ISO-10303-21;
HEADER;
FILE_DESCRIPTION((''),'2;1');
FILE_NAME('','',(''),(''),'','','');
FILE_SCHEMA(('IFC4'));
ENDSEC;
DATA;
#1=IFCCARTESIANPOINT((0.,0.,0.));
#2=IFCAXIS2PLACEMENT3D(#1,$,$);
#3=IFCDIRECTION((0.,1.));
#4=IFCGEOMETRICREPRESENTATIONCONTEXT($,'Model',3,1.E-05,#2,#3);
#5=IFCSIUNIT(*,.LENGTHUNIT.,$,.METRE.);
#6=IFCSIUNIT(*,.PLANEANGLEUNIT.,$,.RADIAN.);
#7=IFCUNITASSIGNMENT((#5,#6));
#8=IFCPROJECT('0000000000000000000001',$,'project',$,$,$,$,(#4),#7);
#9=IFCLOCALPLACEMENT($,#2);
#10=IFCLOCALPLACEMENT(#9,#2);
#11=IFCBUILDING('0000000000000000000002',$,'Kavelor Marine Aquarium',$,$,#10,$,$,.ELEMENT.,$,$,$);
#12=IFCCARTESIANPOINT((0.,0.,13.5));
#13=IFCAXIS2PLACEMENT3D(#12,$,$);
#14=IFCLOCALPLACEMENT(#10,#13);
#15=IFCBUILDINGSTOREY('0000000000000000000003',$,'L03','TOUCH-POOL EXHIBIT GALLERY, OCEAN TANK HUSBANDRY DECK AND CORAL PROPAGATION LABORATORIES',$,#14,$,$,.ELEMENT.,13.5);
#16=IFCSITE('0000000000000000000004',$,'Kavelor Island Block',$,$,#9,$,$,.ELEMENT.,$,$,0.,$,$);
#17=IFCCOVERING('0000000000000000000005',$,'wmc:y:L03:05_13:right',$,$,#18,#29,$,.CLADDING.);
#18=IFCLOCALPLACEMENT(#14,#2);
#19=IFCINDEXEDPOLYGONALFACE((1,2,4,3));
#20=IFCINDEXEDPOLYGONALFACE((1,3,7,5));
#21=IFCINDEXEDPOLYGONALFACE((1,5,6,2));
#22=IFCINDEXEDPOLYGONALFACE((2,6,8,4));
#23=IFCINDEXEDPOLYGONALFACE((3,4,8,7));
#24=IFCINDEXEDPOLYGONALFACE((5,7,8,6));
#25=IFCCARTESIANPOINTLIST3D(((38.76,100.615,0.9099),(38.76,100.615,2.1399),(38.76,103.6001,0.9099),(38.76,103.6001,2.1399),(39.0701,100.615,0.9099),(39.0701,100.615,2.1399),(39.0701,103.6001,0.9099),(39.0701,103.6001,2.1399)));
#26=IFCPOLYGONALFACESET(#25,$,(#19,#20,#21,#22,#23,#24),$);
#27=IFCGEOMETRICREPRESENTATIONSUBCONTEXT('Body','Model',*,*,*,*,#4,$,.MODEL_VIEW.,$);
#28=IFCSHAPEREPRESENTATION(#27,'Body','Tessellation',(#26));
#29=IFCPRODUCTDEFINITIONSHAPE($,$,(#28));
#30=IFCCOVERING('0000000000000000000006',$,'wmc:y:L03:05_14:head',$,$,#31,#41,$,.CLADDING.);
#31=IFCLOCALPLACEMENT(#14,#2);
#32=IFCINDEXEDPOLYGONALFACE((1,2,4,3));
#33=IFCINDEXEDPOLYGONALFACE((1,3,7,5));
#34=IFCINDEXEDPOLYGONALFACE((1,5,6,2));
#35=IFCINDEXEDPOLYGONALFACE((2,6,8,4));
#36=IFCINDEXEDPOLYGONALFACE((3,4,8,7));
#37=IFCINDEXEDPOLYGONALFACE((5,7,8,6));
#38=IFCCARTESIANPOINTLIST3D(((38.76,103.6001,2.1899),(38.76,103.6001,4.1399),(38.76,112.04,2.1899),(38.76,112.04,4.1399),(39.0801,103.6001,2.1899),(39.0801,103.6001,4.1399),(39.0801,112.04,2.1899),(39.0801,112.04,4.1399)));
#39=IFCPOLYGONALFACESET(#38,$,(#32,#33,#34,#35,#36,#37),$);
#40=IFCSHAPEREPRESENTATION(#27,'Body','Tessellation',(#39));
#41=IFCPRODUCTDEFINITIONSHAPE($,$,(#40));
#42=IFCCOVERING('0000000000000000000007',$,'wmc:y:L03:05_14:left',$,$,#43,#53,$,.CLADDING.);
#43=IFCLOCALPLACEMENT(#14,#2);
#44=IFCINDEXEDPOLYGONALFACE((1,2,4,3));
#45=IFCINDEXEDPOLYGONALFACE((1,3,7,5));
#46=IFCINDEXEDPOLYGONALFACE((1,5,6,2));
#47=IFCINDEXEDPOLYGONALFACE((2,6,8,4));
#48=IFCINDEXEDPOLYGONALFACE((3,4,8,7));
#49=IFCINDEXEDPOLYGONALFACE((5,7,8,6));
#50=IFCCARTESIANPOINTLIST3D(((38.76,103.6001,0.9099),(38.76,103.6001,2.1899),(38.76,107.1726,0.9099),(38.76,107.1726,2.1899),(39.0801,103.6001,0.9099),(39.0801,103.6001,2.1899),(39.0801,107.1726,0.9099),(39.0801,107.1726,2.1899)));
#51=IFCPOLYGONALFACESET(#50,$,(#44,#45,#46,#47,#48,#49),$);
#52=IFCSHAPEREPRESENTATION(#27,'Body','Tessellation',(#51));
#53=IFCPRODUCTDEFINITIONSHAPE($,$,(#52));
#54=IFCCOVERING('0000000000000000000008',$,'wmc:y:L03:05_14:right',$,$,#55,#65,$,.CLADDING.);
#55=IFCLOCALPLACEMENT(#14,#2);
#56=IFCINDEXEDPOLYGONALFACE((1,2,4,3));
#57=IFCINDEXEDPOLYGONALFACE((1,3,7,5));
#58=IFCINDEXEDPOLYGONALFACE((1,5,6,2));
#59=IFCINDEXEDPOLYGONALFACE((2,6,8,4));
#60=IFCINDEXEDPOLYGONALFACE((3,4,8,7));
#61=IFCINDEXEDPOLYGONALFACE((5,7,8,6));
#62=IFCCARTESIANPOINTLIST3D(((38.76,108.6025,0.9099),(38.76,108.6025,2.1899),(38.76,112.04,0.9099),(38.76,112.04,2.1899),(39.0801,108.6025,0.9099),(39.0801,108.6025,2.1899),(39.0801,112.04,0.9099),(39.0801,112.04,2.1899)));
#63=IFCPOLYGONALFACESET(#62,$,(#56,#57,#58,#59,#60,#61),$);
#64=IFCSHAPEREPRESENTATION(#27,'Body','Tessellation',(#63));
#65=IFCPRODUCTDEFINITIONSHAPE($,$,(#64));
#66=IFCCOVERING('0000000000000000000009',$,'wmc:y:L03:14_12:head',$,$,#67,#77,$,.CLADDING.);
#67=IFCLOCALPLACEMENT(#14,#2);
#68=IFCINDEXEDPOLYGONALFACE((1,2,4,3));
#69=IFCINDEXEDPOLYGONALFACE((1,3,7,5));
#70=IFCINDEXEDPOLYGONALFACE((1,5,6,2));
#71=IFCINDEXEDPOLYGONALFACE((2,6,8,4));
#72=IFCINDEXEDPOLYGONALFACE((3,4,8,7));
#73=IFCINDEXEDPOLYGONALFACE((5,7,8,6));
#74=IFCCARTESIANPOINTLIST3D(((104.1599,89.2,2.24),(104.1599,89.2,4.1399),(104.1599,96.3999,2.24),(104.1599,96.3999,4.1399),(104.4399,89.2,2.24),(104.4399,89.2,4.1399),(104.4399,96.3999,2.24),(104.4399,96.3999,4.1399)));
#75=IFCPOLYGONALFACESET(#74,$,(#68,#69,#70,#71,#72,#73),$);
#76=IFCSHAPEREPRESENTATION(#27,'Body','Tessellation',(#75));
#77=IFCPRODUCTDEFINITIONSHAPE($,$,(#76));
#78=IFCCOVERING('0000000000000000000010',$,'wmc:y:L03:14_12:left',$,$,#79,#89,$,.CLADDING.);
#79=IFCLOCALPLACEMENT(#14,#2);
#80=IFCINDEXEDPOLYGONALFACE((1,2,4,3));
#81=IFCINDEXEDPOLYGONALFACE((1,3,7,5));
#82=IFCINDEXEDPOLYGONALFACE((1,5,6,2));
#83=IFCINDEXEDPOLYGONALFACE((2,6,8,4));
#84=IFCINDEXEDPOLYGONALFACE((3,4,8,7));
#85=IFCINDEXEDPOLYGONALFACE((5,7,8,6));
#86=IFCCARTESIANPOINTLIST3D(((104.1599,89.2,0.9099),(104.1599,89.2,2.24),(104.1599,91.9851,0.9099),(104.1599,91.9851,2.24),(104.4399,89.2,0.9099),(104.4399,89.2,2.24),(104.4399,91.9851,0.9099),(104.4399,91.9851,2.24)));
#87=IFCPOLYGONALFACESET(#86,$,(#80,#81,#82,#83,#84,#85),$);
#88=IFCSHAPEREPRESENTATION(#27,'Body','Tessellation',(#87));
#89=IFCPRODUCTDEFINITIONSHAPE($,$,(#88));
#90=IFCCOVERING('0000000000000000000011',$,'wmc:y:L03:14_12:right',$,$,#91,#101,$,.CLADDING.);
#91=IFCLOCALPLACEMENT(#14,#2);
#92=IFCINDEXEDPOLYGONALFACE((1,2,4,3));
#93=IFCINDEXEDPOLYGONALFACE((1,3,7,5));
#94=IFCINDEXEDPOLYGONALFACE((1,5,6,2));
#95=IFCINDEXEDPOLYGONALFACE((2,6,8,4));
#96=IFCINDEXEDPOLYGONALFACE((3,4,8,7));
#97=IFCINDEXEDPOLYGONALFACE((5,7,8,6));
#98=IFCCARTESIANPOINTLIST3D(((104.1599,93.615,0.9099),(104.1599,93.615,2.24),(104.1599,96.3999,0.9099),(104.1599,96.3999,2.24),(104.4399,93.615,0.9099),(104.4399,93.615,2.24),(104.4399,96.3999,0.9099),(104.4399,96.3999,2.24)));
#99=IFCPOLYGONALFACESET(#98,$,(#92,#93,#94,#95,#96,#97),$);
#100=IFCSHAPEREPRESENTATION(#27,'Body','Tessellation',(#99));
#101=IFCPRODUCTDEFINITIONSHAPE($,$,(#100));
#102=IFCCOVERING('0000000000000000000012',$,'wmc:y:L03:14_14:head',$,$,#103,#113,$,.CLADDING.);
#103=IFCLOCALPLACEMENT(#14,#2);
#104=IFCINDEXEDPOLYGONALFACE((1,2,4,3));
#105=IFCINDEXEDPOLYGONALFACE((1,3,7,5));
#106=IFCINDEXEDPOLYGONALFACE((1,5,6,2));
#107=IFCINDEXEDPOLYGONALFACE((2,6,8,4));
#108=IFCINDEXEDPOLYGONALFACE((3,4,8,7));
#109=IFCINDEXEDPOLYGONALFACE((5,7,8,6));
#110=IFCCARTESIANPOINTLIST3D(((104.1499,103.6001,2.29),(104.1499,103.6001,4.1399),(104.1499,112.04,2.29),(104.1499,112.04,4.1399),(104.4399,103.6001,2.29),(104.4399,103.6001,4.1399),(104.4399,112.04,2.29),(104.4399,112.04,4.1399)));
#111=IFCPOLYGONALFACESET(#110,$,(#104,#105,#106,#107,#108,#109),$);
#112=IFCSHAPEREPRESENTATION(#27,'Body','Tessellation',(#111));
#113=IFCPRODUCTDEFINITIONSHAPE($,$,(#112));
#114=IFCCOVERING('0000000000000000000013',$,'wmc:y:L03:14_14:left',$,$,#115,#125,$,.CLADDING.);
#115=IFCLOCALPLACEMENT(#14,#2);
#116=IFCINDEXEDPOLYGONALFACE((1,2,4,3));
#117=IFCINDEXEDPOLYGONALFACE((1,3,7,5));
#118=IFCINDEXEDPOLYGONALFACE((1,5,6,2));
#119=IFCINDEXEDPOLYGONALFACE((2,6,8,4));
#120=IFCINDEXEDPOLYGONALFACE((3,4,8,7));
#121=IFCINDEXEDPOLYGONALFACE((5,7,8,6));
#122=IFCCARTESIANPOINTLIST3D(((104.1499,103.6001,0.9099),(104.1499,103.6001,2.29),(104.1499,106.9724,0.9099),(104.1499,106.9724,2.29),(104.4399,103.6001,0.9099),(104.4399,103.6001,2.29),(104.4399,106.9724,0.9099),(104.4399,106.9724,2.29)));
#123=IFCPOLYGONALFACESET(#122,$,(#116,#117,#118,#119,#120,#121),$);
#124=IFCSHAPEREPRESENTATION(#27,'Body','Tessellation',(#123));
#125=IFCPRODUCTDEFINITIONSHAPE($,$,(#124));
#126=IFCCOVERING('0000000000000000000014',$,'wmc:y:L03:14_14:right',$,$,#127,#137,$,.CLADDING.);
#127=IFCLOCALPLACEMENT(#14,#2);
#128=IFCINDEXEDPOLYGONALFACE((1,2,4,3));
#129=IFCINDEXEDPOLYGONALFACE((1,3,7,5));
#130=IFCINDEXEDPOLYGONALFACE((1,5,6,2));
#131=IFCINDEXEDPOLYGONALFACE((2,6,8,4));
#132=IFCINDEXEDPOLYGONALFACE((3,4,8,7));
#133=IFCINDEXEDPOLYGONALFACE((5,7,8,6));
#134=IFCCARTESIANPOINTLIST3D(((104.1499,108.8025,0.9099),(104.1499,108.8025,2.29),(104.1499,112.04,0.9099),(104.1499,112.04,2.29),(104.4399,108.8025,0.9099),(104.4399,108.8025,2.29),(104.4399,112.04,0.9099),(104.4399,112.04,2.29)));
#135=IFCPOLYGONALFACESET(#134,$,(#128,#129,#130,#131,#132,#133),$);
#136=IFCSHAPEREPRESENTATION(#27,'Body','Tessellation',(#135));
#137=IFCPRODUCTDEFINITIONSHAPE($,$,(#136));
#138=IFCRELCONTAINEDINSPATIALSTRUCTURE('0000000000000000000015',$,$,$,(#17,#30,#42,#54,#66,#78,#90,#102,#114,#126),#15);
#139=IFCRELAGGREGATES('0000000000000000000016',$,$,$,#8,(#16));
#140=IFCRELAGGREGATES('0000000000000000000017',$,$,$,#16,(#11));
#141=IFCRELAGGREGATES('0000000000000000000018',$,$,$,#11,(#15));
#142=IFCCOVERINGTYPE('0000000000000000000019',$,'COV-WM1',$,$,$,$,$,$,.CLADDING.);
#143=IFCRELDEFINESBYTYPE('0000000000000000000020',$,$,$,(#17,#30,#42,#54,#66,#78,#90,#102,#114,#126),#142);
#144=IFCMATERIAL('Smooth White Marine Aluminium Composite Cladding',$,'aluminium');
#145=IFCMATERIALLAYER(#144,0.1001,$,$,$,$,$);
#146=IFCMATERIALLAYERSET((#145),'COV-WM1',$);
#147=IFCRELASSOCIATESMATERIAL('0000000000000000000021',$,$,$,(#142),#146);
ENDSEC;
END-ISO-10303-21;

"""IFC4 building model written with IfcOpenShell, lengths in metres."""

from ifc_helpers import new_model, si_unit, direction, frame, origin, place, context, subcontext, project, spatial, polyline, outline, extrude, material, layer, layer_set, type_object, element, save


model = new_model("IFC4")

# Units and contexts
model_context = context("Model", 3, precision=1e-05, world=origin(), true_north=direction((0.0, 1.0)))
body_context = subcontext(model_context, "Body", "Model", "MODEL_VIEW")
ifc_project = project(units=[si_unit("LENGTHUNIT", "METRE"), si_unit("PLANEANGLEUNIT", "RADIAN")], contexts=[model_context])

# Site, building, storey
site_placement = place(None, origin())
site = spatial("IfcSite", under=ifc_project, at=site_placement, Name="Kavelor Island Block", CompositionType="ELEMENT", RefElevation=0.0)
building_placement = place(site_placement, origin())
building = spatial("IfcBuilding", under=site, at=building_placement, Name="Kavelor Marine Aquarium", CompositionType="ELEMENT")
storey_placement = place(building_placement, frame((0.0, 0.0, 13.5)))
storey = spatial("IfcBuildingStorey", under=building, at=storey_placement, Name="L03", Description="TOUCH-POOL EXHIBIT GALLERY, OCEAN TANK HUSBANDRY DECK AND CORAL PROPAGATION LABORATORIES", CompositionType="ELEMENT", Elevation=13.5)

# Coverings
ifc_material_1 = material(Name="Smooth White Marine Aluminium Composite Cladding", Category="aluminium")
ifc_layer_1 = layer(ifc_material_1, 0.1001)
ifc_layer_set_1 = layer_set([ifc_layer_1], Name="COV-WM1")
covering_type_1 = type_object("IfcCoveringType", Name="COV-WM1", PredefinedType="CLADDING", material=ifc_layer_set_1)
covering_1_placement = place(storey_placement, frame((0.0, 0.0, 0.9099)))
element("IfcCovering", 1, at=covering_1_placement, inside=storey, type_object=covering_type_1, Name="wmc:y:L03:05_13:right", PredefinedType="CLADDING", context=body_context, shape_type="SweptSolid", body=[
    extrude(outline(polyline([(38.76, 100.615), (39.0701, 100.615), (39.0701, 103.6001), (38.76, 103.6001), (38.76, 100.615)])), origin(), (0.0, 0.0, 1.0), 1.23),
])
covering_2_placement = place(storey_placement, frame((0.0, 0.0, 2.1899)))
element("IfcCovering", 2, at=covering_2_placement, inside=storey, type_object=covering_type_1, Name="wmc:y:L03:05_14:head", PredefinedType="CLADDING", context=body_context, shape_type="SweptSolid", body=[
    extrude(outline(polyline([(38.76, 103.6001), (39.0801, 103.6001), (39.0801, 112.04), (38.76, 112.04), (38.76, 103.6001)])), origin(), (0.0, 0.0, 1.0), 1.95),
])
covering_3_placement = place(storey_placement, frame((0.0, 0.0, 0.9099)))
element("IfcCovering", 3, at=covering_3_placement, inside=storey, type_object=covering_type_1, Name="wmc:y:L03:05_14:left", PredefinedType="CLADDING", context=body_context, shape_type="SweptSolid", body=[
    extrude(outline(polyline([(38.76, 103.6001), (39.0801, 103.6001), (39.0801, 107.1726), (38.76, 107.1726), (38.76, 103.6001)])), origin(), (0.0, 0.0, 1.0), 1.28),
])
covering_4_placement = place(storey_placement, frame((0.0, 0.0, 0.9099)))
element("IfcCovering", 4, at=covering_4_placement, inside=storey, type_object=covering_type_1, Name="wmc:y:L03:05_14:right", PredefinedType="CLADDING", context=body_context, shape_type="SweptSolid", body=[
    extrude(outline(polyline([(38.76, 108.6025), (39.0801, 108.6025), (39.0801, 112.04), (38.76, 112.04), (38.76, 108.6025)])), origin(), (0.0, 0.0, 1.0), 1.28),
])
covering_5_placement = place(storey_placement, frame((0.0, 0.0, 2.24)))
element("IfcCovering", 5, at=covering_5_placement, inside=storey, type_object=covering_type_1, Name="wmc:y:L03:14_12:head", PredefinedType="CLADDING", context=body_context, shape_type="SweptSolid", body=[
    extrude(outline(polyline([(104.1599, 89.2), (104.4399, 89.2), (104.4399, 96.3999), (104.1599, 96.3999), (104.1599, 89.2)])), origin(), (0.0, 0.0, 1.0), 1.8999),
])
covering_6_placement = place(storey_placement, frame((0.0, 0.0, 0.9099)))
element("IfcCovering", 6, at=covering_6_placement, inside=storey, type_object=covering_type_1, Name="wmc:y:L03:14_12:left", PredefinedType="CLADDING", context=body_context, shape_type="SweptSolid", body=[
    extrude(outline(polyline([(104.1599, 89.2), (104.4399, 89.2), (104.4399, 91.9851), (104.1599, 91.9851), (104.1599, 89.2)])), origin(), (0.0, 0.0, 1.0), 1.3301),
])
covering_7_placement = place(storey_placement, frame((0.0, 0.0, 0.9099)))
element("IfcCovering", 7, at=covering_7_placement, inside=storey, type_object=covering_type_1, Name="wmc:y:L03:14_12:right", PredefinedType="CLADDING", context=body_context, shape_type="SweptSolid", body=[
    extrude(outline(polyline([(104.1599, 93.615), (104.4399, 93.615), (104.4399, 96.3999), (104.1599, 96.3999), (104.1599, 93.615)])), origin(), (0.0, 0.0, 1.0), 1.3301),
])
covering_8_placement = place(storey_placement, frame((0.0, 0.0, 2.29)))
element("IfcCovering", 8, at=covering_8_placement, inside=storey, type_object=covering_type_1, Name="wmc:y:L03:14_14:head", PredefinedType="CLADDING", context=body_context, shape_type="SweptSolid", body=[
    extrude(outline(polyline([(104.1499, 103.6001), (104.4399, 103.6001), (104.4399, 112.04), (104.1499, 112.04), (104.1499, 103.6001)])), origin(), (0.0, 0.0, 1.0), 1.8499),
])
covering_9_placement = place(storey_placement, frame((0.0, 0.0, 0.9099)))
element("IfcCovering", 9, at=covering_9_placement, inside=storey, type_object=covering_type_1, Name="wmc:y:L03:14_14:left", PredefinedType="CLADDING", context=body_context, shape_type="SweptSolid", body=[
    extrude(outline(polyline([(104.1499, 103.6001), (104.4399, 103.6001), (104.4399, 106.9724), (104.1499, 106.9724), (104.1499, 103.6001)])), origin(), (0.0, 0.0, 1.0), 1.3801),
])
covering_10_placement = place(storey_placement, frame((0.0, 0.0, 0.9099)))
element("IfcCovering", 10, at=covering_10_placement, inside=storey, type_object=covering_type_1, Name="wmc:y:L03:14_14:right", PredefinedType="CLADDING", context=body_context, shape_type="SweptSolid", body=[
    extrude(outline(polyline([(104.1499, 108.8025), (104.4399, 108.8025), (104.4399, 112.04), (104.1499, 112.04), (104.1499, 108.8025)])), origin(), (0.0, 0.0, 1.0), 1.3801),
])

save(model, "model.ifc")
